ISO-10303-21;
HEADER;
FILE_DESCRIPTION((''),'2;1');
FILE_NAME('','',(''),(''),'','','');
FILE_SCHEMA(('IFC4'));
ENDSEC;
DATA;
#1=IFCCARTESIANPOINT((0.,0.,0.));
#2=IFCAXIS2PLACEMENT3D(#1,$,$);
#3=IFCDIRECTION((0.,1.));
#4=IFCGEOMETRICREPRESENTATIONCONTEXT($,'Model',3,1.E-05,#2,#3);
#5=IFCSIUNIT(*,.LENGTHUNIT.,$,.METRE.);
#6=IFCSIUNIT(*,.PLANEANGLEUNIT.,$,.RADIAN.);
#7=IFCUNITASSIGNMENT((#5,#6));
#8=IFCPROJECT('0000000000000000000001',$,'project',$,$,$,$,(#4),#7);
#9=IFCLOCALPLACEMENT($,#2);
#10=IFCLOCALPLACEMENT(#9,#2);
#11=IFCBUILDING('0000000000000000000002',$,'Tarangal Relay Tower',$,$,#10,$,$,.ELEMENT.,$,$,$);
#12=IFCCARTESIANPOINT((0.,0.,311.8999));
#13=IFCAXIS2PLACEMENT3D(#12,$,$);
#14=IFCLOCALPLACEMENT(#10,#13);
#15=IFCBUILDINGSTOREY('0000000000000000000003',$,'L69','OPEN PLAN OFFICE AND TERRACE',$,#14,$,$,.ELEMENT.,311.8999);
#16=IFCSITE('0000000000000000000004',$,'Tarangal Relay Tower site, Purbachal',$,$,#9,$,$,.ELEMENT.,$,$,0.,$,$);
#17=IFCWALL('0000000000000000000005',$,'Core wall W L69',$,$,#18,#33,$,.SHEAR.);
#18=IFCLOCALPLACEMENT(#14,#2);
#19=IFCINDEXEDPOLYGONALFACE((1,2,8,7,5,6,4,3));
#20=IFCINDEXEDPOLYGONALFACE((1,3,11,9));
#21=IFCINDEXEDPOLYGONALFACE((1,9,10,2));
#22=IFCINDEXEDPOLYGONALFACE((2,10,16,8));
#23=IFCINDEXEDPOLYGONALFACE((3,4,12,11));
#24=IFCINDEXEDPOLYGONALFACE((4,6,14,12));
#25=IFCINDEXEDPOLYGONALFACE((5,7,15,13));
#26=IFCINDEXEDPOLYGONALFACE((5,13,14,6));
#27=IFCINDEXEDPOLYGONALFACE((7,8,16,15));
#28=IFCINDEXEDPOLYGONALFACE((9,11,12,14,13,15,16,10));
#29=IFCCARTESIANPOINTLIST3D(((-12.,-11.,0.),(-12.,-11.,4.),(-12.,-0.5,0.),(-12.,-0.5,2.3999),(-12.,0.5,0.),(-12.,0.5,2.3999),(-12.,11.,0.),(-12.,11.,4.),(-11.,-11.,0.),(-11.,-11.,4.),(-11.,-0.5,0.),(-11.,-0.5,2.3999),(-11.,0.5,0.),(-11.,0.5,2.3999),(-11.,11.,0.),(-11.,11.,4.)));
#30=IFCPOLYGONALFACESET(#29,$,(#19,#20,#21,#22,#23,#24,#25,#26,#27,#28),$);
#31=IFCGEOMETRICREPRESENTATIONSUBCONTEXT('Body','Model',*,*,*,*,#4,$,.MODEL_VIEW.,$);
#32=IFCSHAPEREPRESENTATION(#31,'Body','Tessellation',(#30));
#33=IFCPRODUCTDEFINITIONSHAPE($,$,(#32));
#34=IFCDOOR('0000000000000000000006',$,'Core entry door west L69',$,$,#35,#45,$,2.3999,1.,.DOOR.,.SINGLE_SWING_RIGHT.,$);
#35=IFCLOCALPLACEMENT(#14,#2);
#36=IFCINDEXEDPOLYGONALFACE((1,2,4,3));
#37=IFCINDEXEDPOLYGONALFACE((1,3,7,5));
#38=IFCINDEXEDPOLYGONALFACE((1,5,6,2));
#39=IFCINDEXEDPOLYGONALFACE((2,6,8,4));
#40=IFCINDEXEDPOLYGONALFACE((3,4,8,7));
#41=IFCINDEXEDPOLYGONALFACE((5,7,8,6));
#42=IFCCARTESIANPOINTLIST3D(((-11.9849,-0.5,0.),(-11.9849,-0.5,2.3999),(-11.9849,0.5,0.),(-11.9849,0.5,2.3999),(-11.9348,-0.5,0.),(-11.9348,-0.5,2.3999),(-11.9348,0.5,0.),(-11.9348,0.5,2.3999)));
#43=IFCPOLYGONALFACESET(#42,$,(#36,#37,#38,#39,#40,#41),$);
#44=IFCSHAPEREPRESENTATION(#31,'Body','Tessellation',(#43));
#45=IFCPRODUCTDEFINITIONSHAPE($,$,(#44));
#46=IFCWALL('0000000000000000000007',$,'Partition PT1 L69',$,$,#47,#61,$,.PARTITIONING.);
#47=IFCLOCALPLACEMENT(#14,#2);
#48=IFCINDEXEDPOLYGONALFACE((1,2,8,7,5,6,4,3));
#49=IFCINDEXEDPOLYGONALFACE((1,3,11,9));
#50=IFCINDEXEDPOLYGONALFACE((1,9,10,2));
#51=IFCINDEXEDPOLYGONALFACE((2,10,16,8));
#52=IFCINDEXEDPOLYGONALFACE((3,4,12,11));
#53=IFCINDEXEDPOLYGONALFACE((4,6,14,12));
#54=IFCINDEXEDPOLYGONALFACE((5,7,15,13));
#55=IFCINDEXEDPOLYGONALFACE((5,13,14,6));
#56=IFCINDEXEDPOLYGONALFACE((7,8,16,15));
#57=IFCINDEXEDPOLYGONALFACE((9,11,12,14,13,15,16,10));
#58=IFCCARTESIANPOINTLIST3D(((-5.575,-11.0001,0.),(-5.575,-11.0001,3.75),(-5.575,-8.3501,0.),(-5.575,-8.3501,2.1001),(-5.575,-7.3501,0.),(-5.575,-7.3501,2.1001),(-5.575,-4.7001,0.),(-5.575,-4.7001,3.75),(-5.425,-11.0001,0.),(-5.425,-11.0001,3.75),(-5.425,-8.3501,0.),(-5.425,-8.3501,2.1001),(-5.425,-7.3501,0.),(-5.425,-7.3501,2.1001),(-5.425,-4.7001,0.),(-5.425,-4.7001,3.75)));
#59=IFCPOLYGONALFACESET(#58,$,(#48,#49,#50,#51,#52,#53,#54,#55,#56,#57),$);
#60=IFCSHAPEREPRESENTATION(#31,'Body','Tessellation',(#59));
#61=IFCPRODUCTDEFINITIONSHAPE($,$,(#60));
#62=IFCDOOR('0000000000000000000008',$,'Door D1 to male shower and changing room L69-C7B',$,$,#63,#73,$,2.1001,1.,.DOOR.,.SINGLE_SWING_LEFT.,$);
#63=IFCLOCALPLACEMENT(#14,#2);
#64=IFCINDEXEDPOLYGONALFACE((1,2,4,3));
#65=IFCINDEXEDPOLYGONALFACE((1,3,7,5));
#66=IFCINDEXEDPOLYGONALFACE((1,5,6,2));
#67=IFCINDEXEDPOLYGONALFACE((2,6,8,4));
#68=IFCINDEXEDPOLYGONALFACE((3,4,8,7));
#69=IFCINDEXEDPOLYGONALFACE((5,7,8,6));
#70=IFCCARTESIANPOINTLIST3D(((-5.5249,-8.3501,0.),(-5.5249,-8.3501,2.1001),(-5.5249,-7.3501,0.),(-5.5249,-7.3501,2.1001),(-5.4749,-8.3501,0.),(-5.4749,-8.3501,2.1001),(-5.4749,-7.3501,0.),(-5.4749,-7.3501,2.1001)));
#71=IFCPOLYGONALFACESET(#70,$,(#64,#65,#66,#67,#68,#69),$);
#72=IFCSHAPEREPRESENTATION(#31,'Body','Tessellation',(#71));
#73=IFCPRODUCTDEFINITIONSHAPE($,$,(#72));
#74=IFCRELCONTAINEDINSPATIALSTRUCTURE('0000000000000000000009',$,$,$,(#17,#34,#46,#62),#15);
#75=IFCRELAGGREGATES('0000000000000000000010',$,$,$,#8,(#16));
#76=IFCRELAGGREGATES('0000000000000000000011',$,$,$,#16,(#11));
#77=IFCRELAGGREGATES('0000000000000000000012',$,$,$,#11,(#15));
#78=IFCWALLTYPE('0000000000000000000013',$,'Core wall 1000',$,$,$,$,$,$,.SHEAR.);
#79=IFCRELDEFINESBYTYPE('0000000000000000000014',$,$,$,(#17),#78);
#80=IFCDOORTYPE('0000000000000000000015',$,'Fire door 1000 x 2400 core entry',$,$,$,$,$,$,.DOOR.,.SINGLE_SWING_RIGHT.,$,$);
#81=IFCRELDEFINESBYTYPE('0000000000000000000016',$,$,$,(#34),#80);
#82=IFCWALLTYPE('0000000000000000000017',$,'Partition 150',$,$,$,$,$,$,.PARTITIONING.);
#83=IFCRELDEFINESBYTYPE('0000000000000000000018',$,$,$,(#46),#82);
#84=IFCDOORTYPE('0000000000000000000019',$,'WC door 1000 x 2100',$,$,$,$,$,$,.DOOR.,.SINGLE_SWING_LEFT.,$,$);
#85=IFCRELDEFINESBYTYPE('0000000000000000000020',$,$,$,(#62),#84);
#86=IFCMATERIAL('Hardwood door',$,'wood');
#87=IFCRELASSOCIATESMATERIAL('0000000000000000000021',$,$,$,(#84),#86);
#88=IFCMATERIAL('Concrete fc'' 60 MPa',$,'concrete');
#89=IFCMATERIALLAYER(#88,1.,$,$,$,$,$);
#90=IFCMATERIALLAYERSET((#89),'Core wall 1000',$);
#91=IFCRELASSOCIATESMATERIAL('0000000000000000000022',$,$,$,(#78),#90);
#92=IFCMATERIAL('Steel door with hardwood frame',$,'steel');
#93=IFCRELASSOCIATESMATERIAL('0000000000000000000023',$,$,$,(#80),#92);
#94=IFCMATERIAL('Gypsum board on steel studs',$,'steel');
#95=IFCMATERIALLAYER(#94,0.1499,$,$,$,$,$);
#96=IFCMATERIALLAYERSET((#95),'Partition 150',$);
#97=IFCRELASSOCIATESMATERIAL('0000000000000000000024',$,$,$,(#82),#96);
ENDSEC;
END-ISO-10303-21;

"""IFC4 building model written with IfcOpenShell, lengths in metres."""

from ifc_helpers import new_model, si_unit, direction, frame, frame_2d, origin, place, context, subcontext, project, spatial, rectangle, extrude, material, layer, layer_set, type_object, element, fill, save


model = new_model("IFC4")

# Units and contexts
model_context = context("Model", 3, precision=1e-05, world=origin(), true_north=direction((0.0, 1.0)))
body_context = subcontext(model_context, "Body", "Model", "MODEL_VIEW")
ifc_project = project(units=[si_unit("LENGTHUNIT", "METRE"), si_unit("PLANEANGLEUNIT", "RADIAN")], contexts=[model_context])

# Site, building, storey
site_placement = place(None, origin())
site = spatial("IfcSite", under=ifc_project, at=site_placement, Name="Tarangal Relay Tower site, Purbachal", CompositionType="ELEMENT", RefElevation=0.0)
building_placement = place(site_placement, origin())
building = spatial("IfcBuilding", under=site, at=building_placement, Name="Tarangal Relay Tower", CompositionType="ELEMENT")
storey_placement = place(building_placement, frame((0.0, 0.0, 311.8999)))
storey = spatial("IfcBuildingStorey", under=building, at=storey_placement, Name="L69", Description="OPEN PLAN OFFICE AND TERRACE", CompositionType="ELEMENT", Elevation=311.8999)

# Shared definitions
ifc_material_1 = material(Name="Hardwood door", Category="wood")

# Shared definitions
ifc_material_2 = material(Name="Concrete fc' 60 MPa", Category="concrete")
door_type_1 = type_object("IfcDoorType", Name="WC door 1000 x 2100", OperationType="SINGLE_SWING_LEFT", PredefinedType="DOOR", material=ifc_material_1)

# Walls, openings, doors
ifc_layer_1 = layer(ifc_material_2, 1.0)
ifc_layer_set_1 = layer_set([ifc_layer_1], Name="Core wall 1000")
wall_type_1 = type_object("IfcWallType", Name="Core wall 1000", PredefinedType="SHEAR", material=ifc_layer_set_1)
wall_1_placement = place(storey_placement, frame((-11.5, -11.0, 0.0), z_axis=(0.0, 0.0, 1.0), x_axis=(0.0, 1.0, 0.0)))
wall_1 = element("IfcWall", 1, at=wall_1_placement, inside=storey, type_object=wall_type_1, Name="Core wall W L69", PredefinedType="SHEAR", context=body_context, shape_type="SweptSolid", body=[
    extrude(rectangle(XDim=22.0, YDim=1.0, at=frame_2d((11.0, 0.0))), origin(), (0.0, 0.0, 1.0), 4.0),
])
opening_1_placement = place(wall_1_placement, frame((10.5, 0.0, 0.0)))
opening_1 = element("IfcOpeningElement", 2, at=opening_1_placement, cuts=wall_1, PredefinedType="OPENING", context=body_context, shape_type="SweptSolid", body=[
    extrude(rectangle(XDim=1.0, YDim=2.3999, at=frame_2d((0.5, 1.2))), frame((0.0, 0.51, 0.0), z_axis=(0.0, -1.0, 0.0), x_axis=(1.0, 0.0, 0.0)), (0.0, 0.0, 1.0), 1.02),
])
ifc_material_3 = material(Name="Steel door with hardwood frame", Category="steel")
door_type_2 = type_object("IfcDoorType", Name="Fire door 1000 x 2400 core entry", OperationType="SINGLE_SWING_RIGHT", PredefinedType="DOOR", material=ifc_material_3)
door_1_placement = place(opening_1_placement, origin())
door_1 = element("IfcDoor", 3, at=door_1_placement, inside=storey, type_object=door_type_2, Name="Core entry door west L69", OperationType="SINGLE_SWING_RIGHT", OverallHeight=2.3999, OverallWidth=1.0, PredefinedType="DOOR", context=body_context, shape_type="SweptSolid", body=[
    extrude(rectangle(XDim=1.0, YDim=2.3999, at=frame_2d((0.5, 1.2))), frame((0.0, 0.4849, 0.0), z_axis=(0.0, -1.0, 0.0), x_axis=(1.0, 0.0, 0.0)), (0.0, 0.0, 1.0), 0.05),
])
fill(opening_1, door_1)
ifc_material_4 = material(Name="Gypsum board on steel studs", Category="steel")
ifc_layer_2 = layer(ifc_material_4, 0.1499)
ifc_layer_set_2 = layer_set([ifc_layer_2], Name="Partition 150")
wall_type_2 = type_object("IfcWallType", Name="Partition 150", PredefinedType="PARTITIONING", material=ifc_layer_set_2)
wall_2_placement = place(storey_placement, frame((-5.5, -11.0, 0.0), z_axis=(0.0, 0.0, 1.0), x_axis=(0.0, 1.0, 0.0)))
wall_2 = element("IfcWall", 4, at=wall_2_placement, inside=storey, type_object=wall_type_2, Name="Partition PT1 L69", PredefinedType="PARTITIONING", context=body_context, shape_type="SweptSolid", body=[
    extrude(rectangle(XDim=6.3, YDim=0.1499, at=frame_2d((3.1499, 0.0))), origin(), (0.0, 0.0, 1.0), 3.75),
])
opening_2_placement = place(wall_2_placement, frame((2.6499, 0.0, 0.0)))
opening_2 = element("IfcOpeningElement", 5, at=opening_2_placement, cuts=wall_2, PredefinedType="OPENING", context=body_context, shape_type="SweptSolid", body=[
    extrude(rectangle(XDim=1.0, YDim=2.1001, at=frame_2d((0.5, 1.05))), frame((0.0, 0.085, 0.0), z_axis=(0.0, -1.0, 0.0), x_axis=(1.0, 0.0, 0.0)), (0.0, 0.0, 1.0), 0.1699),
])
door_2_placement = place(opening_2_placement, origin())
door_2 = element("IfcDoor", 6, at=door_2_placement, inside=storey, type_object=door_type_1, Name="Door D1 to male shower and changing room L69-C7B", OperationType="SINGLE_SWING_LEFT", OverallHeight=2.1001, OverallWidth=1.0, PredefinedType="DOOR", context=body_context, shape_type="SweptSolid", body=[
    extrude(rectangle(XDim=1.0, YDim=2.1001, at=frame_2d((0.5, 1.05))), frame((0.0, 0.0249, 0.0), z_axis=(0.0, -1.0, 0.0), x_axis=(1.0, 0.0, 0.0)), (0.0, 0.0, 1.0), 0.05),
])
fill(opening_2, door_2)

save(model, "model.ifc")
